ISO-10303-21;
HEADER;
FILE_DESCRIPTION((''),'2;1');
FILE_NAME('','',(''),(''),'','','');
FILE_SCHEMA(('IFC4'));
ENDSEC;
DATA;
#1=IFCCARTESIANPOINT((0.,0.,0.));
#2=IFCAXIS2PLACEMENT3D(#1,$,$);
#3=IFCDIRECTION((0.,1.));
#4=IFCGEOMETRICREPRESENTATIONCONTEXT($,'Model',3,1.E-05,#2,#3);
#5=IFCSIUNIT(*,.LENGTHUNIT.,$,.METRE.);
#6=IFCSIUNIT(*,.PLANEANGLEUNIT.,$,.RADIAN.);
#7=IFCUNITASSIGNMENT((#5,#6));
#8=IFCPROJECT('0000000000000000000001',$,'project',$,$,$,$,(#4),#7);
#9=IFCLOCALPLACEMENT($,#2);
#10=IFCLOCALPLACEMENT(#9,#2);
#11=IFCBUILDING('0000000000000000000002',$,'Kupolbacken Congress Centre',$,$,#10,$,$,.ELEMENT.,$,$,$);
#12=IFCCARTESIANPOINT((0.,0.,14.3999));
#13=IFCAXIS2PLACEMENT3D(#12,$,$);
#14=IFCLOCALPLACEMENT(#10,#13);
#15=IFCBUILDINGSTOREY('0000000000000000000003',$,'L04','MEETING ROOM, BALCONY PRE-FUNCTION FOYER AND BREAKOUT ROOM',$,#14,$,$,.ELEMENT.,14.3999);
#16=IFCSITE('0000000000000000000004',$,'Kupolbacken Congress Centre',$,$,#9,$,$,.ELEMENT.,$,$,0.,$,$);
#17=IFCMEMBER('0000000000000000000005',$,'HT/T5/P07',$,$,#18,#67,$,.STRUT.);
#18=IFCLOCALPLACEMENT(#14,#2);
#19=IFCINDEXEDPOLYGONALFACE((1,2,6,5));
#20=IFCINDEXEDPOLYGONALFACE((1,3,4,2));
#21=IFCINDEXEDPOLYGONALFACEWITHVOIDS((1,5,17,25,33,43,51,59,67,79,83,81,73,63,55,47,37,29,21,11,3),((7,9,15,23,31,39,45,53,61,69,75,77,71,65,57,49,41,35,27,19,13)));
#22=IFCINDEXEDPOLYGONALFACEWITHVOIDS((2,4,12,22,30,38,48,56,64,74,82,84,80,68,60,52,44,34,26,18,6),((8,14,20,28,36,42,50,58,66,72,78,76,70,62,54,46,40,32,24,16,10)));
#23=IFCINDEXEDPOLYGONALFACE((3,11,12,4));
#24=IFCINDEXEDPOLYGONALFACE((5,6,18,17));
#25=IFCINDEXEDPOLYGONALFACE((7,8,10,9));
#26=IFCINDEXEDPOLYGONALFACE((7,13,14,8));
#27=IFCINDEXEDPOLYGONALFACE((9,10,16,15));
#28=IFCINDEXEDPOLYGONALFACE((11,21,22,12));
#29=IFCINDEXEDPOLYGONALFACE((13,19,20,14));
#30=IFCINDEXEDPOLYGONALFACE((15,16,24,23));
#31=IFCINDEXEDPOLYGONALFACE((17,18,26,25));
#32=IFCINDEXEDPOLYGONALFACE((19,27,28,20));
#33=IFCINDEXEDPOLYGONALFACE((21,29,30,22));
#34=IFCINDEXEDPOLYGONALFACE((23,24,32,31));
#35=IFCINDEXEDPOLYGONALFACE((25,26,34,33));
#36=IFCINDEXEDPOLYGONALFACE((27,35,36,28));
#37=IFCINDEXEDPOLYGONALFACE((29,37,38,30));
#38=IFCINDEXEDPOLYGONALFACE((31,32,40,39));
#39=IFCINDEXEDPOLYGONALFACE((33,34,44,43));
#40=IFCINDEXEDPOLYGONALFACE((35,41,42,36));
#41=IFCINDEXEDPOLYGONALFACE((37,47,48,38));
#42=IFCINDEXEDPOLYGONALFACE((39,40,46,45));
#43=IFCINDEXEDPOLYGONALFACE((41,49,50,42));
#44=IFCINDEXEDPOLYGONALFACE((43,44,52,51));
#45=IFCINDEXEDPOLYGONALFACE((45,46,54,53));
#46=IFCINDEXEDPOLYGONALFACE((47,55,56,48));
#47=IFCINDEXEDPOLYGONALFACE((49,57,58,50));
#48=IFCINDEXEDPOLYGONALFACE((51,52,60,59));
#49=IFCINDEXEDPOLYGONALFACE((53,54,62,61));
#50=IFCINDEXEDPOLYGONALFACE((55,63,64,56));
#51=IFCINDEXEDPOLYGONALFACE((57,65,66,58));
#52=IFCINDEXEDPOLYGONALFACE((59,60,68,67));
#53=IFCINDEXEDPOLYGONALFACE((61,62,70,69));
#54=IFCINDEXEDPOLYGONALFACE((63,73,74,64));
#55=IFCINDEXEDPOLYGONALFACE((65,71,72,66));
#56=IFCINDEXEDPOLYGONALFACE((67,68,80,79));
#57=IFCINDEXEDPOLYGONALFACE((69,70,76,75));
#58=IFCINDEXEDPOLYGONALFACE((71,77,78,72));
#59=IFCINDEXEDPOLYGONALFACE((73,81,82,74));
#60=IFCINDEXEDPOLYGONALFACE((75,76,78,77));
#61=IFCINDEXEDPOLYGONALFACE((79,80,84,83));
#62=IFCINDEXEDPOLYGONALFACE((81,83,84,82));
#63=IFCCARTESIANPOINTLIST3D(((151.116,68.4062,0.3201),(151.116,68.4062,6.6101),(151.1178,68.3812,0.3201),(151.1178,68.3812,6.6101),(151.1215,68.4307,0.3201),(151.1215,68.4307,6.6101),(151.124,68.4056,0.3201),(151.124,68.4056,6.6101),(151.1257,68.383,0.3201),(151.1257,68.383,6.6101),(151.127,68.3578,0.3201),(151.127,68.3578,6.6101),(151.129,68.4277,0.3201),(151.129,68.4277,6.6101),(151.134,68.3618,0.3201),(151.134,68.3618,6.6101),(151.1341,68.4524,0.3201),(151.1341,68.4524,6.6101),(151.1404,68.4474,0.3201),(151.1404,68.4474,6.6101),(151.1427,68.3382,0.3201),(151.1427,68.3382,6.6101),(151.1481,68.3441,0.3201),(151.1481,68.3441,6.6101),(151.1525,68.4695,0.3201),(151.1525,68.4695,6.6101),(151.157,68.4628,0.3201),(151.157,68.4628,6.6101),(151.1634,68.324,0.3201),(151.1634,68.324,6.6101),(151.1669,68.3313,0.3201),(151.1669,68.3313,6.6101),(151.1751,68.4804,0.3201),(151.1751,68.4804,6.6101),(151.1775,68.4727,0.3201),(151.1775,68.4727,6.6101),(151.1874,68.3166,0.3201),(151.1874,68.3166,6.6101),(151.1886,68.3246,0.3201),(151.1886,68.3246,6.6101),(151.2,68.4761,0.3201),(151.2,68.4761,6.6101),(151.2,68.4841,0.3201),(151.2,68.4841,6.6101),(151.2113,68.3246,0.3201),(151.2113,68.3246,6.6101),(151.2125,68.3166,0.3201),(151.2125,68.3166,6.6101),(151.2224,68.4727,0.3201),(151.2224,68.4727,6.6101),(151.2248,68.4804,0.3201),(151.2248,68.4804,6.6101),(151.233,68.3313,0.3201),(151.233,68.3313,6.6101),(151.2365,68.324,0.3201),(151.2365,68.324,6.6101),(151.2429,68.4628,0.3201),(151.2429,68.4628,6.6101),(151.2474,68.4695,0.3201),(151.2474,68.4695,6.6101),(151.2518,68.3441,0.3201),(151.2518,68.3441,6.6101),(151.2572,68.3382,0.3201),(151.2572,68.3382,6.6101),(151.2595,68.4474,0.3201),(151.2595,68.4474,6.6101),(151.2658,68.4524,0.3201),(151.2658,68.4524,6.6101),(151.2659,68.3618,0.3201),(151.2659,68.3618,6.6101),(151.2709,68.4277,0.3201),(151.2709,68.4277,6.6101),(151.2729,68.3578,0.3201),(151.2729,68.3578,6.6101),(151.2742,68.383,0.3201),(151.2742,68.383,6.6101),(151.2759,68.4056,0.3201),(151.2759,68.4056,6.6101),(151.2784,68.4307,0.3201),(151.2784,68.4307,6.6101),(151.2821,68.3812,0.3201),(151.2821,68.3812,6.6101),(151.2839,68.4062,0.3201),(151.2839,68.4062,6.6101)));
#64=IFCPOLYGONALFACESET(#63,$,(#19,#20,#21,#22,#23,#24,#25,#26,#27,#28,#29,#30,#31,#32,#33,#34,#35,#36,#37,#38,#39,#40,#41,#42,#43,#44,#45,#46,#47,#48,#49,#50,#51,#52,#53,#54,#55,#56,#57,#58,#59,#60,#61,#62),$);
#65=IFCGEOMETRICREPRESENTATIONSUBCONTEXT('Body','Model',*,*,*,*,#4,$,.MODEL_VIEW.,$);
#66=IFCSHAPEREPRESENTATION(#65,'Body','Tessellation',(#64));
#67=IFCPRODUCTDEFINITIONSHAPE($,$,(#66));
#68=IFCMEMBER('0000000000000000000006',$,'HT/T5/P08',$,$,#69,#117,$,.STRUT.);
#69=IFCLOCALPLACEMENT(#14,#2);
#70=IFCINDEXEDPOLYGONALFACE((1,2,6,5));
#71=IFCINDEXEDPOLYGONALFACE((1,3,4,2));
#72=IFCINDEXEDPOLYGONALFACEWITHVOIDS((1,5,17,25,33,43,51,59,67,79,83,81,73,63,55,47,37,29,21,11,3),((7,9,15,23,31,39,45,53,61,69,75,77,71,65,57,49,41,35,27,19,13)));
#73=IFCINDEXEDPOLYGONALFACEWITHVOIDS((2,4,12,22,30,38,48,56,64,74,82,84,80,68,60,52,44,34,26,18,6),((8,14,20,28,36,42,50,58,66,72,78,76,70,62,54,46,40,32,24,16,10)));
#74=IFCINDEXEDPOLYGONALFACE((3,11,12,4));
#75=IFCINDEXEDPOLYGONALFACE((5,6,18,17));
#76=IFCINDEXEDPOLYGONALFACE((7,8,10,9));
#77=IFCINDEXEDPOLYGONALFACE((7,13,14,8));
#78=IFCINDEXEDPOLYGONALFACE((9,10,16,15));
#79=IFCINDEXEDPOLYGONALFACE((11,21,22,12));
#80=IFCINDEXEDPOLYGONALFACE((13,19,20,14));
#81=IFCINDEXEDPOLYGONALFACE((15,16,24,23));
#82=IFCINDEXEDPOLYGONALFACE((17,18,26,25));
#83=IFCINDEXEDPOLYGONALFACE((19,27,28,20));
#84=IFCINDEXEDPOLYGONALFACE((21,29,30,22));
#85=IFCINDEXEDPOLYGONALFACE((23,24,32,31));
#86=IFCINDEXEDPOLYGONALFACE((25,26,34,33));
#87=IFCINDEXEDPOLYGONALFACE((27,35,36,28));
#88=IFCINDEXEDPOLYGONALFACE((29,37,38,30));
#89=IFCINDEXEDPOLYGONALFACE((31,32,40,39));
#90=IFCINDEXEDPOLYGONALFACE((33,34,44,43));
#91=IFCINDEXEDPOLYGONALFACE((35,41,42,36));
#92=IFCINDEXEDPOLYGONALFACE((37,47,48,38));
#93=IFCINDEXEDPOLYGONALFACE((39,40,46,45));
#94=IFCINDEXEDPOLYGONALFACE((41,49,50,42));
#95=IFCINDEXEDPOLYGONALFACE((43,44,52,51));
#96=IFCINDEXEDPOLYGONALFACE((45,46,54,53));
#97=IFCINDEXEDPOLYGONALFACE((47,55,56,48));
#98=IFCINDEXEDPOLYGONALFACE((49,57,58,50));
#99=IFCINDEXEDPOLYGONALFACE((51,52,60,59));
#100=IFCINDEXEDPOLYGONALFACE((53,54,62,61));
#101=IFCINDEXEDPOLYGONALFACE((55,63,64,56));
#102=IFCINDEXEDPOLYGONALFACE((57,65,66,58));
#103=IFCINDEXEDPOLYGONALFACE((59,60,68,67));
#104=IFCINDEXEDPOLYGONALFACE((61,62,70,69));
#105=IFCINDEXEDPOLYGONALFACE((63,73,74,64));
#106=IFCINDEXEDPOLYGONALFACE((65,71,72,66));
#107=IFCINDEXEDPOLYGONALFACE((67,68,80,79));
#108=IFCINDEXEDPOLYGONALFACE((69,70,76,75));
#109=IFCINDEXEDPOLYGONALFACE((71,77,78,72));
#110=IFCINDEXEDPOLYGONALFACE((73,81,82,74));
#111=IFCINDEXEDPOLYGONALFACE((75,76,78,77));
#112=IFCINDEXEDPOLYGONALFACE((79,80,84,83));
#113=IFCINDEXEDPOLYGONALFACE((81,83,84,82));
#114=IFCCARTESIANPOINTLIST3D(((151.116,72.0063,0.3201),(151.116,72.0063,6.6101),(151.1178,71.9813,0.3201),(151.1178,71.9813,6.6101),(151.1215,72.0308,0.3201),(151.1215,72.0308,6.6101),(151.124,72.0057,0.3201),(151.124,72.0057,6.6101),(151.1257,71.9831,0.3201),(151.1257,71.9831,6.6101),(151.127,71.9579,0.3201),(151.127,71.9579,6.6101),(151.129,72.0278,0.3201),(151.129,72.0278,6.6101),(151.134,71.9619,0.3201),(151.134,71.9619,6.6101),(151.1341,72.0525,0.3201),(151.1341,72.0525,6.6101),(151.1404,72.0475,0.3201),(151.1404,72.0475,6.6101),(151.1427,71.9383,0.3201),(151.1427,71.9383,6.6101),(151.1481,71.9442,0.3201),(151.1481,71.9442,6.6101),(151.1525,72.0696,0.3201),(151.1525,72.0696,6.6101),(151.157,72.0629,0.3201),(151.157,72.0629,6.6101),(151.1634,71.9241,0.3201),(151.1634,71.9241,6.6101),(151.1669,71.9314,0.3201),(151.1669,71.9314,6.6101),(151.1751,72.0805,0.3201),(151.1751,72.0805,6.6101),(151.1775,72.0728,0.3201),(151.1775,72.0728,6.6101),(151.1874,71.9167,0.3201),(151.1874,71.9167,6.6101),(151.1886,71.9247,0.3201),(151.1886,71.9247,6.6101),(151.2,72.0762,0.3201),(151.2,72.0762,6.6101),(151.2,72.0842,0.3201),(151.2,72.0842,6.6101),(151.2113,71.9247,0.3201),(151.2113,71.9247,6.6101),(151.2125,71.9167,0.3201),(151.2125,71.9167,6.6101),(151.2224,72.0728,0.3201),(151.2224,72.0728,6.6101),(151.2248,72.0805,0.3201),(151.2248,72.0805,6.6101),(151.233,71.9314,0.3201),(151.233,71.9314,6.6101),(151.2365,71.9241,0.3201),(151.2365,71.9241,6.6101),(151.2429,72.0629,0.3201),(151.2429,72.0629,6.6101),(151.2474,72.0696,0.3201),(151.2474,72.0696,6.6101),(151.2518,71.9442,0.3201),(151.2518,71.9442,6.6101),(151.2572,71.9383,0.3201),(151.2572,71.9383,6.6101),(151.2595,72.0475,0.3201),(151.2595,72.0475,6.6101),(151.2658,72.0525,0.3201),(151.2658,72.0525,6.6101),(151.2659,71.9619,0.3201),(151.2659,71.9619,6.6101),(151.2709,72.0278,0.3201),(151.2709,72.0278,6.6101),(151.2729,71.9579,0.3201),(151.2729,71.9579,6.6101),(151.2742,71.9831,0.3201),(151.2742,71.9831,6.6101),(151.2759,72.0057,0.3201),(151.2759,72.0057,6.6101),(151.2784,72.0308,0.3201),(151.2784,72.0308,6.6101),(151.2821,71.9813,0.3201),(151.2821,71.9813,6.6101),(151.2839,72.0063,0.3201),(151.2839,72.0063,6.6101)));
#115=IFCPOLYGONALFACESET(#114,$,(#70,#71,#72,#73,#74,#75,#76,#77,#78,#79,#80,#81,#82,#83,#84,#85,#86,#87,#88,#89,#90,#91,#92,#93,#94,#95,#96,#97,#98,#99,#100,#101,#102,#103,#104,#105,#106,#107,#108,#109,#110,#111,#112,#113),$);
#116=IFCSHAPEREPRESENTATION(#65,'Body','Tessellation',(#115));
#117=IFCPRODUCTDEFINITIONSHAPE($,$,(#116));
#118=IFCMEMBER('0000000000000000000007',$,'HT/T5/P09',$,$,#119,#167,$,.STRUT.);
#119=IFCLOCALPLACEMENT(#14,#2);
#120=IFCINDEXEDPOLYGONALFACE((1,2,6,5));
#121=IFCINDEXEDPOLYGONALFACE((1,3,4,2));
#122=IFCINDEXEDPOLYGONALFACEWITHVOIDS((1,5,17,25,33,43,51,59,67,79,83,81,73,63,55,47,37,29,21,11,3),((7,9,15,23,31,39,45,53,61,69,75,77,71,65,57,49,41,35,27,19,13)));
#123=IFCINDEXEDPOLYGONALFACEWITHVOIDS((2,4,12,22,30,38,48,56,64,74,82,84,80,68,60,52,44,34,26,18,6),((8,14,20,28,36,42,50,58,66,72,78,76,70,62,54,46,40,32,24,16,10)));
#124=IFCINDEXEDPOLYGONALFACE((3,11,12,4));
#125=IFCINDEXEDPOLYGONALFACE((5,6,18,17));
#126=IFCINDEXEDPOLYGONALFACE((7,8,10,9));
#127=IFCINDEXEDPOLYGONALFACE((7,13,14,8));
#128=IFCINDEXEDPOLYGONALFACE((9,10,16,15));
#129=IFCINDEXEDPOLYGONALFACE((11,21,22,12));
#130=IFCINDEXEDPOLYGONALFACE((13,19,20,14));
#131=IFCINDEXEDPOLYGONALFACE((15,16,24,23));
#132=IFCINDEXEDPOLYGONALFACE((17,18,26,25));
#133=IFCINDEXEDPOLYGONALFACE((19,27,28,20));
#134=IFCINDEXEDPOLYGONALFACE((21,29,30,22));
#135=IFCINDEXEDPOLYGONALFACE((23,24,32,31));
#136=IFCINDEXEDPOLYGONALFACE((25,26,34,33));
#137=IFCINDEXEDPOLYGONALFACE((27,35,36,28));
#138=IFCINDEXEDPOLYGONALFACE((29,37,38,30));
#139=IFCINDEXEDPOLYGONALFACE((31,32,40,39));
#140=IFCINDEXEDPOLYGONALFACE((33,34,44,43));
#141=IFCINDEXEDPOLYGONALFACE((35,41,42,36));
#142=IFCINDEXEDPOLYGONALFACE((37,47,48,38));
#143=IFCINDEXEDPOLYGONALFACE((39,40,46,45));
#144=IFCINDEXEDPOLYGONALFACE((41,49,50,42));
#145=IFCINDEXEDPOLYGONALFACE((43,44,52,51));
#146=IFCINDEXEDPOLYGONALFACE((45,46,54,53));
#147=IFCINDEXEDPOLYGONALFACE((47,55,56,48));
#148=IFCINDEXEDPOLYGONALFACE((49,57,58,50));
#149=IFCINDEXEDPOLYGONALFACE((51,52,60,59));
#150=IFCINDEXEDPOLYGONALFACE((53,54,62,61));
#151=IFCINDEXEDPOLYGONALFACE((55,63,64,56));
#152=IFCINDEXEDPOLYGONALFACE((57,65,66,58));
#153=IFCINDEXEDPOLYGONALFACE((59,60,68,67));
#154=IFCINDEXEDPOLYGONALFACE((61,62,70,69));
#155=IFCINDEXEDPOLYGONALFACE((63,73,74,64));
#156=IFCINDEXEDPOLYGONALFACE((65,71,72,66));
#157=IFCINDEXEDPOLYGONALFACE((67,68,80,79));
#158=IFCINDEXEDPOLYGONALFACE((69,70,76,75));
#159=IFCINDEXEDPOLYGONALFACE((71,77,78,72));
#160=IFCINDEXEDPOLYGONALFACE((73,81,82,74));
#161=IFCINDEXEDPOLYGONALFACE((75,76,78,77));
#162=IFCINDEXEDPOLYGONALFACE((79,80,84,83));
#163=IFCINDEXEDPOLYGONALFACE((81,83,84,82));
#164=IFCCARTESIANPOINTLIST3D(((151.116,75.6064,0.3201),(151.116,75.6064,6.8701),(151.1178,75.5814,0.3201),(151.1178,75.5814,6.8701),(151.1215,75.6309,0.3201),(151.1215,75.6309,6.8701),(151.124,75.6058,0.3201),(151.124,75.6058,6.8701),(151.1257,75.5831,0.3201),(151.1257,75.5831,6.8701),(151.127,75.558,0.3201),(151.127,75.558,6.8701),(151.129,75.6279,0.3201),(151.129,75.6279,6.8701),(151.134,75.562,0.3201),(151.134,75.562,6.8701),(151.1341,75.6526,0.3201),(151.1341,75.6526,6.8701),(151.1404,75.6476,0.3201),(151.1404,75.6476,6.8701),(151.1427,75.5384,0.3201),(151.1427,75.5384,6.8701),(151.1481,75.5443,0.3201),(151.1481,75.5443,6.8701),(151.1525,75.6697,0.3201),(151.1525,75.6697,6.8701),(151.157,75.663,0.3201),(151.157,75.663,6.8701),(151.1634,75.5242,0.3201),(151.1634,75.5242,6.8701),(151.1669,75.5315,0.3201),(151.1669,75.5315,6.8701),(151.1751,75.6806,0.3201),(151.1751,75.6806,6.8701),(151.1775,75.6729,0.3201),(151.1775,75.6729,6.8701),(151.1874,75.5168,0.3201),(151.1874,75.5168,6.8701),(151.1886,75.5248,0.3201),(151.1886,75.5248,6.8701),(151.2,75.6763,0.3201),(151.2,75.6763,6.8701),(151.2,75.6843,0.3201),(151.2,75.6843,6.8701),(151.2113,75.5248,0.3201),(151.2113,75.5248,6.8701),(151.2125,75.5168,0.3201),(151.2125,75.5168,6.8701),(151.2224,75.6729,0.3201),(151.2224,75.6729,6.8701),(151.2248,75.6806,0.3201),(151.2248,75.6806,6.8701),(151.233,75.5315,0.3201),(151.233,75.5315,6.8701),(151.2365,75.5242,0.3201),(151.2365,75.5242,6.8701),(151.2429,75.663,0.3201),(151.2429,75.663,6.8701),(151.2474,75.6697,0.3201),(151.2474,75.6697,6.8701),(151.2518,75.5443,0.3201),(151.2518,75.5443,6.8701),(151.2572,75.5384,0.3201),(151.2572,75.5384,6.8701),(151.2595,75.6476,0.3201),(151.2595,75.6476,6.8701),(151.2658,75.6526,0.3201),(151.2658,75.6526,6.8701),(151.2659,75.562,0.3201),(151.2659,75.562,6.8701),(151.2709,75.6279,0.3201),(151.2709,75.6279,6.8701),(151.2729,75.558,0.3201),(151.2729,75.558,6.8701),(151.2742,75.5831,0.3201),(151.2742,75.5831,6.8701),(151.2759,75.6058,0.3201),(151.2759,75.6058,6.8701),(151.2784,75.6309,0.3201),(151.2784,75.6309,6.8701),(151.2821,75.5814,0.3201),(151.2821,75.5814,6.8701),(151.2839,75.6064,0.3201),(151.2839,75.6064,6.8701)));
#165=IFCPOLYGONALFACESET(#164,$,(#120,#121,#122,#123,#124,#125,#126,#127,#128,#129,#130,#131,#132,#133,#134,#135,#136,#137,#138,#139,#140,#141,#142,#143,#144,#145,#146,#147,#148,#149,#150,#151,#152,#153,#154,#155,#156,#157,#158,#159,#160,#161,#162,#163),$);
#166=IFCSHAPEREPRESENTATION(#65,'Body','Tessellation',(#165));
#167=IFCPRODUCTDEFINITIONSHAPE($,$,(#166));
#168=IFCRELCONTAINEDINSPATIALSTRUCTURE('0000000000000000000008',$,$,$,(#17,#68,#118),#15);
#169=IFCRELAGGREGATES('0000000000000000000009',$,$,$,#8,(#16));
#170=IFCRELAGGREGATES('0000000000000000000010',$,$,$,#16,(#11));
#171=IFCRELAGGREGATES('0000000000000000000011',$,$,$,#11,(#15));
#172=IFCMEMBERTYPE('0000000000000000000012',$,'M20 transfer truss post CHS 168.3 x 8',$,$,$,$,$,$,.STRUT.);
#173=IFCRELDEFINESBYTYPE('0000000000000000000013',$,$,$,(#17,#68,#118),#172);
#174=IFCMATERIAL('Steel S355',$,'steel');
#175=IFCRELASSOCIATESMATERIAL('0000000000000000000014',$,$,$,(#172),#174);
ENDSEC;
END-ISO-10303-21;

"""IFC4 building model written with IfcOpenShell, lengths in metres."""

from ifc_helpers import new_model, si_unit, direction, frame, origin, origin_2d, place, context, subcontext, project, spatial, hollow_circle, extrude, material, material_profile, profile_set, type_object, element, save


model = new_model("IFC4")

# Units and contexts
model_context = context("Model", 3, precision=1e-05, world=origin(), true_north=direction((0.0, 1.0)))
body_context = subcontext(model_context, "Body", "Model", "MODEL_VIEW")
ifc_project = project(units=[si_unit("LENGTHUNIT", "METRE"), si_unit("PLANEANGLEUNIT", "RADIAN")], contexts=[model_context])

# Site, building, storey
site_placement = place(None, origin())
site = spatial("IfcSite", under=ifc_project, at=site_placement, Name="Kupolbacken Congress Centre", CompositionType="ELEMENT", RefElevation=0.0)
building_placement = place(site_placement, origin())
building = spatial("IfcBuilding", under=site, at=building_placement, Name="Kupolbacken Congress Centre", CompositionType="ELEMENT")
storey_placement = place(building_placement, frame((0.0, 0.0, 14.3999)))
storey = spatial("IfcBuildingStorey", under=building, at=storey_placement, Name="L04", Description="MEETING ROOM, BALCONY PRE-FUNCTION FOYER AND BREAKOUT ROOM", CompositionType="ELEMENT", Elevation=14.3999)

# Members
ifc_material_1 = material(Name="Steel S355", Category="steel")
ifc_material_profile_1 = material_profile(ifc_material_1, hollow_circle(Radius=0.0842, WallThickness=0.0081, at=origin_2d()), Name="CHS 168.3 x 8")
ifc_profile_set_1 = profile_set([ifc_material_profile_1], Name="Steel S355")
member_type_1 = type_object("IfcMemberType", Name="M20 transfer truss post CHS 168.3 x 8", PredefinedType="STRUT", material=ifc_profile_set_1)
for number, where, z_axis, x_axis, name in (
    (1, (151.2, 68.3999, 0.3201), (0.0, 0.0, 1.0), (0.0, 1.0, 0.0), "HT/T5/P07"),
    (2, (151.2, 72.0, 0.3201), (0.0, 0.0, 1.0), (0.0, 1.0, 0.0), "HT/T5/P08"),
):
    element("IfcMember", number, at=place(storey_placement, frame(where, z_axis=z_axis, x_axis=x_axis)), inside=storey, type_object=member_type_1, Name=name, PredefinedType="STRUT", context=body_context, shape_type="SweptSolid", body=[
        extrude(hollow_circle(Radius=0.0842, WallThickness=0.0081, at=origin_2d()), origin(), (0.0, 0.0, 1.0), 6.29),
    ])
member_1_placement = place(storey_placement, frame((151.2, 75.6001, 0.3201), z_axis=(0.0, 0.0, 1.0), x_axis=(0.0, 1.0, 0.0)))
element("IfcMember", 3, at=member_1_placement, inside=storey, type_object=member_type_1, Name="HT/T5/P09", PredefinedType="STRUT", context=body_context, shape_type="SweptSolid", body=[
    extrude(hollow_circle(Radius=0.0842, WallThickness=0.0081, at=origin_2d()), origin(), (0.0, 0.0, 1.0), 6.55),
])

save(model, "model.ifc")
